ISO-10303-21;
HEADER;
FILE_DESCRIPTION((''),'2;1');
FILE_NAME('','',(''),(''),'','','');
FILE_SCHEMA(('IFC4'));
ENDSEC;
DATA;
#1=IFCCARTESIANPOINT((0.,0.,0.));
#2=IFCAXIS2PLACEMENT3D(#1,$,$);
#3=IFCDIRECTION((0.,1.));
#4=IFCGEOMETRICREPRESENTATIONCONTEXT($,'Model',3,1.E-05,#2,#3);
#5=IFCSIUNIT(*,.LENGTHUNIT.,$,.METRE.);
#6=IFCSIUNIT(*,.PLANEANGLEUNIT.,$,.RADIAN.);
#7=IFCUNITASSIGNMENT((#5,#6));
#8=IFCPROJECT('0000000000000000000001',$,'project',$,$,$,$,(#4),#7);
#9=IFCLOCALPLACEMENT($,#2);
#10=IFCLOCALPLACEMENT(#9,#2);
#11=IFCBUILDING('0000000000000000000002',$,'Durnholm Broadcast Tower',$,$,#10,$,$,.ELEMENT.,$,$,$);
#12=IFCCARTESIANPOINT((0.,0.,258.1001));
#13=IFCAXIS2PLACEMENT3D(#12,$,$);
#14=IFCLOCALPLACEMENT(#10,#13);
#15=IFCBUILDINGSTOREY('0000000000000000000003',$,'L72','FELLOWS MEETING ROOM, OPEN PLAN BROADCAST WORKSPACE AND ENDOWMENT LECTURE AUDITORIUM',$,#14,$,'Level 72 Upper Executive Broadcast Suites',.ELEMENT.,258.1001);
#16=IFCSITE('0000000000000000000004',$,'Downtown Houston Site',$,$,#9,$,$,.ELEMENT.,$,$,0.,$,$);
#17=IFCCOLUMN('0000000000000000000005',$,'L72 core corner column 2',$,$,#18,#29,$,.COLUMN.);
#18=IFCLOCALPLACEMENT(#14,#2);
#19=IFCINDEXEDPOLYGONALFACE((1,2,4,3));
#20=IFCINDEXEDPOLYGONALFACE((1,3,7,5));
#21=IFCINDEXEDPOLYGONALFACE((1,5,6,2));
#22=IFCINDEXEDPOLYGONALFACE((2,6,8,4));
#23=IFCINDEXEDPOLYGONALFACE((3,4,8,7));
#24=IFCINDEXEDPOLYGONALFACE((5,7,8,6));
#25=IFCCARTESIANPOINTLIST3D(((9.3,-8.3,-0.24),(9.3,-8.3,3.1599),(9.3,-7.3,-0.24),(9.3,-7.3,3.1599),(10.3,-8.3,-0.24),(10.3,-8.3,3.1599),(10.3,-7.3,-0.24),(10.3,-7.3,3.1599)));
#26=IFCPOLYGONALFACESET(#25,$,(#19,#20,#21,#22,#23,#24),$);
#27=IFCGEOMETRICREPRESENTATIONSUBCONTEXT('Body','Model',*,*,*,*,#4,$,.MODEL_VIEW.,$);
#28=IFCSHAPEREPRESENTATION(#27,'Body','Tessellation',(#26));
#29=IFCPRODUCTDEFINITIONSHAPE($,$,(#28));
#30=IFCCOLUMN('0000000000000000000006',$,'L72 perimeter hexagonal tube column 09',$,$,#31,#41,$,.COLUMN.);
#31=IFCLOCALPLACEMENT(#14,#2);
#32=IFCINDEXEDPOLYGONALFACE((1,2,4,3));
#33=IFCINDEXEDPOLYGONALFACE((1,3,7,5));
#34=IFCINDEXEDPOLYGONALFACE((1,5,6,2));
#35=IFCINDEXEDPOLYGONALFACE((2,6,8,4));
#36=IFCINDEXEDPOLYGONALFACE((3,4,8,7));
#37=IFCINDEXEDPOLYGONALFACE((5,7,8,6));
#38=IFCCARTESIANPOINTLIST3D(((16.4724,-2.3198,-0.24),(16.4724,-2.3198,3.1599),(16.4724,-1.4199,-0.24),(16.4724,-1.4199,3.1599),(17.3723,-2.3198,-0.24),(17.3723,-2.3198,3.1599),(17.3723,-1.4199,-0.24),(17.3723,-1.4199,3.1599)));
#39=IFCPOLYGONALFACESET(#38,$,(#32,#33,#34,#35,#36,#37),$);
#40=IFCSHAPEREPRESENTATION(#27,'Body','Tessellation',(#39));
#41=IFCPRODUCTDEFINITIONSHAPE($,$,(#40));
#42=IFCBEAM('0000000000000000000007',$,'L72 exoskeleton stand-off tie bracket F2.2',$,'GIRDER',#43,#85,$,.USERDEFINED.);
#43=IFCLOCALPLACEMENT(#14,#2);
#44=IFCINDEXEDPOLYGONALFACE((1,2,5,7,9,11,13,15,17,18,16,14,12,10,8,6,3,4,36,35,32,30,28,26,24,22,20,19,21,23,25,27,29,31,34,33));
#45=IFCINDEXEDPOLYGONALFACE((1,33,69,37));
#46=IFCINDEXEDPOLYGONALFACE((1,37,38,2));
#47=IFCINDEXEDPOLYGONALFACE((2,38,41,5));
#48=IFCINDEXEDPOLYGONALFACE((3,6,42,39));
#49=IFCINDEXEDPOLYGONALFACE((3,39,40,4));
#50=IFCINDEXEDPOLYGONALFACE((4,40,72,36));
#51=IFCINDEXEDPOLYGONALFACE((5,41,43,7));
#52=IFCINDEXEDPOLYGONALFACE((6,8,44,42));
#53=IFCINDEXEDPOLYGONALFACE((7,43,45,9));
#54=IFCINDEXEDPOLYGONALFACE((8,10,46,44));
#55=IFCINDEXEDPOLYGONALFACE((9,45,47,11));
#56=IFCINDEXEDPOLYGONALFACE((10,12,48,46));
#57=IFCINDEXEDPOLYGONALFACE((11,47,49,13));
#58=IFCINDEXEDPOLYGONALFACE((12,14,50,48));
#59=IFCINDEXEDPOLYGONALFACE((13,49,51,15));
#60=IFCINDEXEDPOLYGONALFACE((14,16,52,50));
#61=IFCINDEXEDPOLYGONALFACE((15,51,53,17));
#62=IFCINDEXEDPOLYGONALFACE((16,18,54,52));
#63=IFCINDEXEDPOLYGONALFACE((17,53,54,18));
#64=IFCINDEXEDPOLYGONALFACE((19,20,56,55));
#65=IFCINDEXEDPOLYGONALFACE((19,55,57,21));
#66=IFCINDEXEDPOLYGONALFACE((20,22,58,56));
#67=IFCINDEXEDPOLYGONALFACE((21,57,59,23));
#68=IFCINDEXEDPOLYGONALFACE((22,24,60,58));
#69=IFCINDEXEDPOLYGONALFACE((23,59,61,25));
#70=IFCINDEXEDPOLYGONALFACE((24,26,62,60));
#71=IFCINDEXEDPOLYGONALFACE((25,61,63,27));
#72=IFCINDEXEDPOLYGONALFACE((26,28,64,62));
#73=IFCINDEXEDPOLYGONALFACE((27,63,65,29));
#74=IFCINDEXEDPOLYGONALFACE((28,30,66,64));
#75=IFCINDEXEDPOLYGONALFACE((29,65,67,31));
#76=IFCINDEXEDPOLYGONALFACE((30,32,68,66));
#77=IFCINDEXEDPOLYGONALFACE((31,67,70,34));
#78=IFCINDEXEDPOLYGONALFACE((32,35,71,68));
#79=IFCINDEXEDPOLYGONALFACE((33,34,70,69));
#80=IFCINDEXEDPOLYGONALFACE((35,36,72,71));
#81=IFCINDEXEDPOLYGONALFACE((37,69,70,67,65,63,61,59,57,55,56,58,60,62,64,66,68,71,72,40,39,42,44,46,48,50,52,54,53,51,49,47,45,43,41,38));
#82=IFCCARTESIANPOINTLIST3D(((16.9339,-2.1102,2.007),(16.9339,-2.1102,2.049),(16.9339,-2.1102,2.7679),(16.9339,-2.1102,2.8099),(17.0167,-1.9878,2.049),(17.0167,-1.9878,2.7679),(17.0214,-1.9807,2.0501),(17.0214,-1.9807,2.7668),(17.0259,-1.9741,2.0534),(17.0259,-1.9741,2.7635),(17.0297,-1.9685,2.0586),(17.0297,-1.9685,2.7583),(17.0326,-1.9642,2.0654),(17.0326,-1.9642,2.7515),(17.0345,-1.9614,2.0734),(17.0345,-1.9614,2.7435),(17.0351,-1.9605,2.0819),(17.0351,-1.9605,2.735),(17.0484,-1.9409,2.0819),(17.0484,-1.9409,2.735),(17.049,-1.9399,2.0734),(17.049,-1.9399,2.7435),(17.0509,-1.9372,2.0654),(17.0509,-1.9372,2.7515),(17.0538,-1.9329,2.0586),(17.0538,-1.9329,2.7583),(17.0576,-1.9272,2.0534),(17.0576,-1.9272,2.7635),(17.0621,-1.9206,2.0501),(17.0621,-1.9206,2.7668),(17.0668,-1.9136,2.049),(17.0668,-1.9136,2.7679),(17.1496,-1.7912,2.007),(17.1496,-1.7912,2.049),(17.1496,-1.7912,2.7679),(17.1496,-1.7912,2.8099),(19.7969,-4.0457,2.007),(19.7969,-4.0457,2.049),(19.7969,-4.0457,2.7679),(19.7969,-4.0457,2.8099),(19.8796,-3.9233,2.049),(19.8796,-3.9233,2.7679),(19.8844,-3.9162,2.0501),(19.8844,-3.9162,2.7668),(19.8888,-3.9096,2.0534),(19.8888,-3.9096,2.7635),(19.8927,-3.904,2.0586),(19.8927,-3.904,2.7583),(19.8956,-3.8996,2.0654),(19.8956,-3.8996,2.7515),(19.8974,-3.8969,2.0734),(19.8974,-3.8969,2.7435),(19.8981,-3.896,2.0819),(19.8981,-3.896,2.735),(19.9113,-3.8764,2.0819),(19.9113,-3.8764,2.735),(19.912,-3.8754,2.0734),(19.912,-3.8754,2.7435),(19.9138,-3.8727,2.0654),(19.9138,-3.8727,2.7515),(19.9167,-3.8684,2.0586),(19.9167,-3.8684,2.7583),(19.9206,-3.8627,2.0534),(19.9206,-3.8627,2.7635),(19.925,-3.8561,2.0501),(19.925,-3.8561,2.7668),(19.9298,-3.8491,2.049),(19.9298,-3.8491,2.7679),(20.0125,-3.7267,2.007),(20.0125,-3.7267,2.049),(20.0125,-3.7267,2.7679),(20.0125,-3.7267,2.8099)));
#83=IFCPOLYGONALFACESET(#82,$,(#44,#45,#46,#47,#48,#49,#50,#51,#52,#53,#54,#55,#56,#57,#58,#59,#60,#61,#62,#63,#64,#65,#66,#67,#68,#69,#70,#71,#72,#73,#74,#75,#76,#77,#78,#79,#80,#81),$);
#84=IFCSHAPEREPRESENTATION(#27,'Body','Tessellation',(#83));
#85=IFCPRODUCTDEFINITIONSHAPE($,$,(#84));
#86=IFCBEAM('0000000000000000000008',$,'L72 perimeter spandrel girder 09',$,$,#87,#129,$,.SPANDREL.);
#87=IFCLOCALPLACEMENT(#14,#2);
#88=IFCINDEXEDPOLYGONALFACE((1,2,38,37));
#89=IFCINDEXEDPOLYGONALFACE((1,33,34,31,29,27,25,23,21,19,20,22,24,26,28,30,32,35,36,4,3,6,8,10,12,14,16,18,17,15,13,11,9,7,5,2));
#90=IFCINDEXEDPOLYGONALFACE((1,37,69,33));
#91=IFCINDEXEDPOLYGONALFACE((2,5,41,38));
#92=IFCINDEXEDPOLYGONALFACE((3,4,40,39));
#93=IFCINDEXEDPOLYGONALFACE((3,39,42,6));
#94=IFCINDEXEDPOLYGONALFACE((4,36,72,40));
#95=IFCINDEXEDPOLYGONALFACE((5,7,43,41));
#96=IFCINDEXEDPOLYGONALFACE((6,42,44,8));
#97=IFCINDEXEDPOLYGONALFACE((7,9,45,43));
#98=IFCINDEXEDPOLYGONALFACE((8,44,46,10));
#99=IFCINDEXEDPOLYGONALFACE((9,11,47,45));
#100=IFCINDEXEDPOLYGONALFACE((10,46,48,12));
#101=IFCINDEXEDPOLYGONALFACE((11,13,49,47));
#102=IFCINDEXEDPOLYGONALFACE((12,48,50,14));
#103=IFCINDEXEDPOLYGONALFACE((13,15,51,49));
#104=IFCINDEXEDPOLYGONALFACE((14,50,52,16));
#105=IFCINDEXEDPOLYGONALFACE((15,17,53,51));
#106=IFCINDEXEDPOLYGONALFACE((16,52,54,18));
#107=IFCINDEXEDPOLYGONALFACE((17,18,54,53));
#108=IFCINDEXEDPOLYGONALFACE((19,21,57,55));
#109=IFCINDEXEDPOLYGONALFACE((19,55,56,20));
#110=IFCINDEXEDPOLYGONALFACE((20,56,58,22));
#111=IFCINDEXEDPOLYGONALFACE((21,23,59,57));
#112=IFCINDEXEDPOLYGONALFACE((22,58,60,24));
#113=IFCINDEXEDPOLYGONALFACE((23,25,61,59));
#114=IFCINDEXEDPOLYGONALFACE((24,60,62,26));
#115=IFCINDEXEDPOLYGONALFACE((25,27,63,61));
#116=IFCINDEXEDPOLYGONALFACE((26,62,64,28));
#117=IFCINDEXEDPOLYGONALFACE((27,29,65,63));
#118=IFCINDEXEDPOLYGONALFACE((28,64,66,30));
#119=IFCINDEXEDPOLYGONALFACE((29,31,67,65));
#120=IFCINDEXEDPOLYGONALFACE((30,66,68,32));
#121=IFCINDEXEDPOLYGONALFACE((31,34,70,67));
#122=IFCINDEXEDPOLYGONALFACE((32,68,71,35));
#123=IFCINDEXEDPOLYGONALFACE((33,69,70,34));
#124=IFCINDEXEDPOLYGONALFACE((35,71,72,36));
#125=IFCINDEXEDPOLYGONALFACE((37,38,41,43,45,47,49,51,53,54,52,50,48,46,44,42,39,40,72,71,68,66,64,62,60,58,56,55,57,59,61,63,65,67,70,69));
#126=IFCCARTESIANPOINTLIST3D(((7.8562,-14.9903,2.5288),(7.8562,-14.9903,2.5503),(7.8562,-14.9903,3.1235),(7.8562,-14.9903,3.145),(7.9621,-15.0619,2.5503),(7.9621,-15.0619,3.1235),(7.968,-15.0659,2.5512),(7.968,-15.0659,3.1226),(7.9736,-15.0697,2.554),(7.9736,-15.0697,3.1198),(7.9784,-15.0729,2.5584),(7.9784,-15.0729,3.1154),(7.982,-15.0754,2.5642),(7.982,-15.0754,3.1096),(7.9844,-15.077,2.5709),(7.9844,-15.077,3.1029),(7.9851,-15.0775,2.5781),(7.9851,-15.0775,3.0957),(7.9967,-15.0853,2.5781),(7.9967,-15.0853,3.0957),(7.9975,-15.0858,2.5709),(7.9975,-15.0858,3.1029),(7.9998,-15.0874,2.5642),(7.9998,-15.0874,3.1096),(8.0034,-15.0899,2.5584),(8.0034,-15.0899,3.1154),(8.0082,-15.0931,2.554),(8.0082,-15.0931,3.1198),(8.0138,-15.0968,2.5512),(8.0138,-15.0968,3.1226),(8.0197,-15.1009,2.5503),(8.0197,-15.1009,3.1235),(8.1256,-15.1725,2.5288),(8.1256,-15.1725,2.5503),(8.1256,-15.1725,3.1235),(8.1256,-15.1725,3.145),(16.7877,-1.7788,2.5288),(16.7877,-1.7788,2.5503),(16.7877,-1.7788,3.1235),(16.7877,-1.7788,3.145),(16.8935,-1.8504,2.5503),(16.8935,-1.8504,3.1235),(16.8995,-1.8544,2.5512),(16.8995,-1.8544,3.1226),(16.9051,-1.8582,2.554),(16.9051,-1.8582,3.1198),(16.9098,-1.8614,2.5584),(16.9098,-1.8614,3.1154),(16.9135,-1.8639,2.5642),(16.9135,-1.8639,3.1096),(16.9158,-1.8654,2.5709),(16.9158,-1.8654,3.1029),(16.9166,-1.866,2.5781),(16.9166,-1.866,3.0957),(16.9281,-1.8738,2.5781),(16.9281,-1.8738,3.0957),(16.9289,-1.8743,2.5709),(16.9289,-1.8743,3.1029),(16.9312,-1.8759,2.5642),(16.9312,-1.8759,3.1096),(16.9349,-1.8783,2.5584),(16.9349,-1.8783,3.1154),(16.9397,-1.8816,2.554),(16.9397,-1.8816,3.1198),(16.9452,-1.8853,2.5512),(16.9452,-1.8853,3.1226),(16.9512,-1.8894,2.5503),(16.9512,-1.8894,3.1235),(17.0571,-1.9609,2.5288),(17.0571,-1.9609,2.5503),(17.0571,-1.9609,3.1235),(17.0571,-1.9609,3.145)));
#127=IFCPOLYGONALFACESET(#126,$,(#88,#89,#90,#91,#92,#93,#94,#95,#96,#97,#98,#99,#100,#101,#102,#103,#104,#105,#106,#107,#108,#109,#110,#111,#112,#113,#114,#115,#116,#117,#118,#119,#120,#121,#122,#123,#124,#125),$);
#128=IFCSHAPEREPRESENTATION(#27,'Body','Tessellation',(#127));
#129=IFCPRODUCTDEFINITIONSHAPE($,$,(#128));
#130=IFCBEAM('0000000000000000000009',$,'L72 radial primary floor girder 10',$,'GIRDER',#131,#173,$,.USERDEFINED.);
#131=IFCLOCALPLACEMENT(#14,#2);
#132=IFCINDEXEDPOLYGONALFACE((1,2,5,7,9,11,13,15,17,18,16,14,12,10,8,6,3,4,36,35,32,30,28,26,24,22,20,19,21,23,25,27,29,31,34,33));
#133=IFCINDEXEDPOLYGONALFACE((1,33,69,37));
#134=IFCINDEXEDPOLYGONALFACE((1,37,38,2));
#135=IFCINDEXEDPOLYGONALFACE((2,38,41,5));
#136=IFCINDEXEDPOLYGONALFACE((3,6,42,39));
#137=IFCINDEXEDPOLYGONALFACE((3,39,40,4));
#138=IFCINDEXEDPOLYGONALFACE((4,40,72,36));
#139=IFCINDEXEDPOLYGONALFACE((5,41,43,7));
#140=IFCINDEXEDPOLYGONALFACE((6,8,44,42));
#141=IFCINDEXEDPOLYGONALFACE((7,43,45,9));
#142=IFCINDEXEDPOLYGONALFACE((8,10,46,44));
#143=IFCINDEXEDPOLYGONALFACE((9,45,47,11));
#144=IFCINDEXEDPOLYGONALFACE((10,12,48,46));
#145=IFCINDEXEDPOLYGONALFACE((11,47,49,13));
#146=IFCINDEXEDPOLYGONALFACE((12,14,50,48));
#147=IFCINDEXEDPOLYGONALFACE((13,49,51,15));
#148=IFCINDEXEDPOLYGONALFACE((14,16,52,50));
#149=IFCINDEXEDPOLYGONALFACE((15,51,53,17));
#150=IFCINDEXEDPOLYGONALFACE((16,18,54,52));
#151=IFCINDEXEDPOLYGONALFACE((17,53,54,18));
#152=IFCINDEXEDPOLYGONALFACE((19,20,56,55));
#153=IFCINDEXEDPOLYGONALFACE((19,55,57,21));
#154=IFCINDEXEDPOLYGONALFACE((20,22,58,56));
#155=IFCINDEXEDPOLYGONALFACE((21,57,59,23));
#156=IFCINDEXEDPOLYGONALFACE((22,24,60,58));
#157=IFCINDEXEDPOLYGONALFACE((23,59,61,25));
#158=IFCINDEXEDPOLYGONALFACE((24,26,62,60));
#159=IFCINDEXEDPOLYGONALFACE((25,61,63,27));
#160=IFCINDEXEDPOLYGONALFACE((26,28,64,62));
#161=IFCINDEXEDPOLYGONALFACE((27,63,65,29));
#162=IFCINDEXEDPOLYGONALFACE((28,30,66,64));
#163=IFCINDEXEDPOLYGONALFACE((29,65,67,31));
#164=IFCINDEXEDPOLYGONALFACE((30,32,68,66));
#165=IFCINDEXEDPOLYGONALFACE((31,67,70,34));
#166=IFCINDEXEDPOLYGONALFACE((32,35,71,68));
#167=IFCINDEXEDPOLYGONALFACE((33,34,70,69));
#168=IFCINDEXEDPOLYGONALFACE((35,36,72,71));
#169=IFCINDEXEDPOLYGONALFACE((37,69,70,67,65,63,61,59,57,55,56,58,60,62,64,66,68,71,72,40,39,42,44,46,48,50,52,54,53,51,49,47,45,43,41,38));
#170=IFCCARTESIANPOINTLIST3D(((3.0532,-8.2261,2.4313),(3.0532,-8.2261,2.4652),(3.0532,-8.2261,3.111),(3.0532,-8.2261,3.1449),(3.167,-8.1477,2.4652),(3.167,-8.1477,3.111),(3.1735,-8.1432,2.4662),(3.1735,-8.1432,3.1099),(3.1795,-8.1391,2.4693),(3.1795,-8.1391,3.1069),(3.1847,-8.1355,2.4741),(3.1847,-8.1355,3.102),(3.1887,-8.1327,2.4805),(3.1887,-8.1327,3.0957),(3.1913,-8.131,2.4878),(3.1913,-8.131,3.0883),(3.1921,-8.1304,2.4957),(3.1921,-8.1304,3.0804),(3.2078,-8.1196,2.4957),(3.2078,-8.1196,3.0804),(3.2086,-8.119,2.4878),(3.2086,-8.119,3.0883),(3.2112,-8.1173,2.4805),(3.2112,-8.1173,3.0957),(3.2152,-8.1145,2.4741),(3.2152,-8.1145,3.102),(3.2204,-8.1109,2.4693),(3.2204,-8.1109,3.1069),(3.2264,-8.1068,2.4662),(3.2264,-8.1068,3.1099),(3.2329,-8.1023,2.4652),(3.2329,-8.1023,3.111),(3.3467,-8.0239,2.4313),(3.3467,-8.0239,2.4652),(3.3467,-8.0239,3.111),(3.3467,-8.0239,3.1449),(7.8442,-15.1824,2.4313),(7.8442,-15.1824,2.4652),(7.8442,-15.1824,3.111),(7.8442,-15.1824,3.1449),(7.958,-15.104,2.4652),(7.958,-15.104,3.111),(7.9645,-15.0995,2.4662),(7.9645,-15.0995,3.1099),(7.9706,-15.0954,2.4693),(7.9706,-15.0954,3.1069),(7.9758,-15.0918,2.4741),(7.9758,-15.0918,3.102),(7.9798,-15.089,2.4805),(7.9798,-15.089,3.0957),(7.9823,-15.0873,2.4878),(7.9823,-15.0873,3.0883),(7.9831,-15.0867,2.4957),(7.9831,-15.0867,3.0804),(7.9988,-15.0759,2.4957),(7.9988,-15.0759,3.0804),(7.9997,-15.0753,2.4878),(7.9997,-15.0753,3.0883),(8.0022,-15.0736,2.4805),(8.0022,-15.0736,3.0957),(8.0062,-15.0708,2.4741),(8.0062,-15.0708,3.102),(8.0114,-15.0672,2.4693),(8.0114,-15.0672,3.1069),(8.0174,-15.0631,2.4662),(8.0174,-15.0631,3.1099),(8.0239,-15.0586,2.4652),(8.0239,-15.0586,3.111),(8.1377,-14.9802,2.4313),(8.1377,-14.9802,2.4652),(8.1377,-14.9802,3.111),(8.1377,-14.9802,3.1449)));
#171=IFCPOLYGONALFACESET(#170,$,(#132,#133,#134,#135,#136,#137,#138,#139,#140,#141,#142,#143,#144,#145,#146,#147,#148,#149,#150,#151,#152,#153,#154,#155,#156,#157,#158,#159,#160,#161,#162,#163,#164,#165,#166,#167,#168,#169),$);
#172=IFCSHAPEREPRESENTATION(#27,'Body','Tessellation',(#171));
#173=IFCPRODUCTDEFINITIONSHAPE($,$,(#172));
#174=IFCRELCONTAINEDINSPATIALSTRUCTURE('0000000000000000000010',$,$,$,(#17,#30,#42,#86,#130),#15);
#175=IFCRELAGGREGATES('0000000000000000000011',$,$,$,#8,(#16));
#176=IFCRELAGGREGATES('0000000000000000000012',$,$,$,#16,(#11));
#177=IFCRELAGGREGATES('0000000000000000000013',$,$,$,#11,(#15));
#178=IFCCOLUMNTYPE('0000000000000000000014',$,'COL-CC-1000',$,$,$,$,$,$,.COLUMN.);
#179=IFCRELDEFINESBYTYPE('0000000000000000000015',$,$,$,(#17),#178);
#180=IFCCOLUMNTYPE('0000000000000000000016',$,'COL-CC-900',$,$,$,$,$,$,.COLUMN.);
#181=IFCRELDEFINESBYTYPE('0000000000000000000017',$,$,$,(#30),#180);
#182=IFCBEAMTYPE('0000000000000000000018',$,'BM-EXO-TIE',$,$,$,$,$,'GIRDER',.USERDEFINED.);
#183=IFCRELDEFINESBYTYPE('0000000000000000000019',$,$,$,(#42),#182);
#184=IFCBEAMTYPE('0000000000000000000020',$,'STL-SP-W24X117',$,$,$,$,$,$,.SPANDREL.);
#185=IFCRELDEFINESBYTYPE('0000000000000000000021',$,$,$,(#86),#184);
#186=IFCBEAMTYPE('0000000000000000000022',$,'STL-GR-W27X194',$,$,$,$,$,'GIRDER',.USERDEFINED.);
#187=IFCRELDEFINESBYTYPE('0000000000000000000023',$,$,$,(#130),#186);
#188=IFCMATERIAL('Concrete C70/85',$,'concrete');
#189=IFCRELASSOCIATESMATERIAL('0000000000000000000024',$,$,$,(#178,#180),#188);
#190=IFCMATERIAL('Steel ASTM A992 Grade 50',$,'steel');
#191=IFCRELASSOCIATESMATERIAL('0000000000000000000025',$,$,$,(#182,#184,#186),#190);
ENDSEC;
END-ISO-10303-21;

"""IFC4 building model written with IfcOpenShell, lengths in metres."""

from ifc_helpers import new_model, si_unit, direction, frame, origin, origin_2d, place, context, subcontext, project, spatial, rectangle, i_section, extrude, source, transform, mapped, material, material_profile, profile_set, type_object, type_shapes, element, save


model = new_model("IFC4")

# Units and contexts
model_context = context("Model", 3, precision=1e-05, world=origin(), true_north=direction((0.0, 1.0)))
body_context = subcontext(model_context, "Body", "Model", "MODEL_VIEW")
ifc_project = project(units=[si_unit("LENGTHUNIT", "METRE"), si_unit("PLANEANGLEUNIT", "RADIAN")], contexts=[model_context])

# Site, building, storey
site_placement = place(None, origin())
site = spatial("IfcSite", under=ifc_project, at=site_placement, Name="Downtown Houston Site", CompositionType="ELEMENT", RefElevation=0.0)
building_placement = place(site_placement, origin())
building = spatial("IfcBuilding", under=site, at=building_placement, Name="Durnholm Broadcast Tower", CompositionType="ELEMENT")
storey_placement = place(building_placement, frame((0.0, 0.0, 258.1001)))
storey = spatial("IfcBuildingStorey", under=building, at=storey_placement, Name="L72", Description="FELLOWS MEETING ROOM, OPEN PLAN BROADCAST WORKSPACE AND ENDOWMENT LECTURE AUDITORIUM", LongName="Level 72 Upper Executive Broadcast Suites", CompositionType="ELEMENT", Elevation=258.1001)

# Columns
ifc_material_1 = material(Name="Concrete C70/85", Category="concrete")
ifc_material_profile_1 = material_profile(ifc_material_1, rectangle(XDim=1.0, YDim=1.0, at=origin_2d()), Name="RC1000X1000")
ifc_profile_set_1 = profile_set([ifc_material_profile_1], Name="Concrete C70/85")
column_type_1 = type_object("IfcColumnType", Name="COL-CC-1000", PredefinedType="COLUMN", material=ifc_profile_set_1)
shared_shape_1 = source(origin(), body_context, "Body", "SweptSolid", [
    extrude(rectangle(XDim=1.0, YDim=1.0, at=origin_2d()), origin(), (0.0, 0.0, 1.0), 3.3999),
])
type_shapes(column_type_1, [shared_shape_1])
column_1_placement = place(storey_placement, frame((9.8, -7.8, -0.24), z_axis=(0.0, 0.0, 1.0), x_axis=(1.0, 0.0, 0.0)))
element("IfcColumn", 1, at=column_1_placement, inside=storey, type_object=column_type_1, Name="L72 core corner column 2", PredefinedType="COLUMN", context=body_context, shape_type="MappedRepresentation", body=[
    mapped(shared_shape_1, transform((0.0, 0.0, 0.0), x_axis=(1.0, 0.0, 0.0), y_axis=(0.0, 1.0, 0.0), z_axis=(0.0, 0.0, 1.0), scale=1.0)),
])
ifc_material_profile_2 = material_profile(ifc_material_1, rectangle(XDim=0.8999, YDim=0.8999, at=origin_2d()), Name="RC900X900")
ifc_profile_set_2 = profile_set([ifc_material_profile_2], Name="Concrete C70/85")
column_type_2 = type_object("IfcColumnType", Name="COL-CC-900", PredefinedType="COLUMN", material=ifc_profile_set_2)
shared_shape_2 = source(origin(), body_context, "Body", "SweptSolid", [
    extrude(rectangle(XDim=0.8999, YDim=0.8999, at=origin_2d()), origin(), (0.0, 0.0, 1.0), 3.3999),
])
type_shapes(column_type_2, [shared_shape_2])
column_2_placement = place(storey_placement, frame((16.9224, -1.8699, -0.24), z_axis=(0.0, 0.0, 1.0), x_axis=(1.0, 0.0, 0.0)))
element("IfcColumn", 2, at=column_2_placement, inside=storey, type_object=column_type_2, Name="L72 perimeter hexagonal tube column 09", PredefinedType="COLUMN", context=body_context, shape_type="MappedRepresentation", body=[
    mapped(shared_shape_2, transform((0.0, 0.0, 0.0), x_axis=(1.0, 0.0, 0.0), y_axis=(0.0, 1.0, 0.0), z_axis=(0.0, 0.0, 1.0), scale=1.0)),
])

# Beams
ifc_material_2 = material(Name="Steel ASTM A992 Grade 50", Category="steel")
ifc_material_profile_3 = material_profile(ifc_material_2, i_section(OverallWidth=0.385, OverallDepth=0.803, WebThickness=0.0237, FlangeThickness=0.042, FilletRadius=0.033, at=origin_2d()), Name="W30X261")
ifc_profile_set_3 = profile_set([ifc_material_profile_3], Name="Steel ASTM A992 Grade 50")
beam_type_1 = type_object("IfcBeamType", Name="BM-EXO-TIE", ElementType="GIRDER", PredefinedType="USERDEFINED", material=ifc_profile_set_3)
shared_shape_3 = source(origin(), body_context, "Body", "SweptSolid", [
    extrude(i_section(OverallWidth=0.385, OverallDepth=0.803, WebThickness=0.0237, FlangeThickness=0.042, FilletRadius=0.033, at=origin_2d()), origin(), (0.0, 0.0, 1.0), 3.4558),
])
type_shapes(beam_type_1, [shared_shape_3])
beam_1_placement = place(storey_placement, frame((17.0417, -1.9507, 2.4084), z_axis=(0.828446, -0.560068, 0.0), x_axis=(0.560068, 0.828446, 0.0)))
element("IfcBeam", 3, at=beam_1_placement, inside=storey, type_object=beam_type_1, Name="L72 exoskeleton stand-off tie bracket F2.2", ObjectType="GIRDER", PredefinedType="USERDEFINED", context=body_context, shape_type="MappedRepresentation", body=[
    mapped(shared_shape_3, transform((0.0, 0.0, 0.0), x_axis=(1.0, 0.0, 0.0), y_axis=(0.0, 1.0, 0.0), z_axis=(0.0, 0.0, 1.0), scale=1.0)),
])
ifc_material_profile_4 = material_profile(ifc_material_2, i_section(OverallWidth=0.3252, OverallDepth=0.6162, WebThickness=0.0139, FlangeThickness=0.0215, FilletRadius=0.0278, at=origin_2d()), Name="W24X117")
ifc_profile_set_4 = profile_set([ifc_material_profile_4], Name="Steel ASTM A992 Grade 50")
beam_type_2 = type_object("IfcBeamType", Name="STL-SP-W24X117", PredefinedType="SPANDREL", material=ifc_profile_set_4)
shared_shape_4 = source(origin(), body_context, "Body", "SweptSolid", [
    extrude(i_section(OverallWidth=0.3252, OverallDepth=0.6162, WebThickness=0.0139, FlangeThickness=0.0215, FilletRadius=0.0278, at=origin_2d()), origin(), (0.0, 0.0, 1.0), 15.9473),
])
type_shapes(beam_type_2, [shared_shape_4])
beam_2_placement = place(storey_placement, frame((16.9224, -1.8699, 2.8369), z_axis=(-0.560062, -0.828451, 0.0), x_axis=(0.828451, -0.560062, 0.0)))
element("IfcBeam", 4, at=beam_2_placement, inside=storey, type_object=beam_type_2, Name="L72 perimeter spandrel girder 09", PredefinedType="SPANDREL", context=body_context, shape_type="MappedRepresentation", body=[
    mapped(shared_shape_4, transform((0.0, 0.0, 0.0), x_axis=(1.0, 0.0, 0.0), y_axis=(0.0, 1.0, 0.0), z_axis=(0.0, 0.0, 1.0), scale=1.0)),
])
ifc_material_profile_5 = material_profile(ifc_material_2, i_section(OverallWidth=0.3564, OverallDepth=0.7136, WebThickness=0.019, FlangeThickness=0.0339, FilletRadius=0.0305, at=origin_2d()), Name="W27X194")
ifc_profile_set_5 = profile_set([ifc_material_profile_5], Name="Steel ASTM A992 Grade 50")
beam_type_3 = type_object("IfcBeamType", Name="STL-GR-W27X194", ElementType="GIRDER", PredefinedType="USERDEFINED", material=ifc_profile_set_5)
shared_shape_5 = source(origin(), body_context, "Body", "SweptSolid", [
    extrude(i_section(OverallWidth=0.3564, OverallDepth=0.7136, WebThickness=0.019, FlangeThickness=0.0339, FilletRadius=0.0305, at=origin_2d()), origin(), (0.0, 0.0, 1.0), 8.4465),
])
beam_3_placement = place(storey_placement, frame((3.2, -8.125, 2.7881), z_axis=(0.567217, -0.823569, 0.0), x_axis=(0.823569, 0.567217, 0.0)))
element("IfcBeam", 5, at=beam_3_placement, inside=storey, type_object=beam_type_3, Name="L72 radial primary floor girder 10", ObjectType="GIRDER", PredefinedType="USERDEFINED", context=body_context, shape_type="MappedRepresentation", body=[
    mapped(shared_shape_5, transform((0.0, 0.0, 0.0), x_axis=(1.0, 0.0, 0.0), y_axis=(0.0, 1.0, 0.0), z_axis=(0.0, 0.0, 1.0), scale=1.0)),
])

save(model, "model.ifc")
